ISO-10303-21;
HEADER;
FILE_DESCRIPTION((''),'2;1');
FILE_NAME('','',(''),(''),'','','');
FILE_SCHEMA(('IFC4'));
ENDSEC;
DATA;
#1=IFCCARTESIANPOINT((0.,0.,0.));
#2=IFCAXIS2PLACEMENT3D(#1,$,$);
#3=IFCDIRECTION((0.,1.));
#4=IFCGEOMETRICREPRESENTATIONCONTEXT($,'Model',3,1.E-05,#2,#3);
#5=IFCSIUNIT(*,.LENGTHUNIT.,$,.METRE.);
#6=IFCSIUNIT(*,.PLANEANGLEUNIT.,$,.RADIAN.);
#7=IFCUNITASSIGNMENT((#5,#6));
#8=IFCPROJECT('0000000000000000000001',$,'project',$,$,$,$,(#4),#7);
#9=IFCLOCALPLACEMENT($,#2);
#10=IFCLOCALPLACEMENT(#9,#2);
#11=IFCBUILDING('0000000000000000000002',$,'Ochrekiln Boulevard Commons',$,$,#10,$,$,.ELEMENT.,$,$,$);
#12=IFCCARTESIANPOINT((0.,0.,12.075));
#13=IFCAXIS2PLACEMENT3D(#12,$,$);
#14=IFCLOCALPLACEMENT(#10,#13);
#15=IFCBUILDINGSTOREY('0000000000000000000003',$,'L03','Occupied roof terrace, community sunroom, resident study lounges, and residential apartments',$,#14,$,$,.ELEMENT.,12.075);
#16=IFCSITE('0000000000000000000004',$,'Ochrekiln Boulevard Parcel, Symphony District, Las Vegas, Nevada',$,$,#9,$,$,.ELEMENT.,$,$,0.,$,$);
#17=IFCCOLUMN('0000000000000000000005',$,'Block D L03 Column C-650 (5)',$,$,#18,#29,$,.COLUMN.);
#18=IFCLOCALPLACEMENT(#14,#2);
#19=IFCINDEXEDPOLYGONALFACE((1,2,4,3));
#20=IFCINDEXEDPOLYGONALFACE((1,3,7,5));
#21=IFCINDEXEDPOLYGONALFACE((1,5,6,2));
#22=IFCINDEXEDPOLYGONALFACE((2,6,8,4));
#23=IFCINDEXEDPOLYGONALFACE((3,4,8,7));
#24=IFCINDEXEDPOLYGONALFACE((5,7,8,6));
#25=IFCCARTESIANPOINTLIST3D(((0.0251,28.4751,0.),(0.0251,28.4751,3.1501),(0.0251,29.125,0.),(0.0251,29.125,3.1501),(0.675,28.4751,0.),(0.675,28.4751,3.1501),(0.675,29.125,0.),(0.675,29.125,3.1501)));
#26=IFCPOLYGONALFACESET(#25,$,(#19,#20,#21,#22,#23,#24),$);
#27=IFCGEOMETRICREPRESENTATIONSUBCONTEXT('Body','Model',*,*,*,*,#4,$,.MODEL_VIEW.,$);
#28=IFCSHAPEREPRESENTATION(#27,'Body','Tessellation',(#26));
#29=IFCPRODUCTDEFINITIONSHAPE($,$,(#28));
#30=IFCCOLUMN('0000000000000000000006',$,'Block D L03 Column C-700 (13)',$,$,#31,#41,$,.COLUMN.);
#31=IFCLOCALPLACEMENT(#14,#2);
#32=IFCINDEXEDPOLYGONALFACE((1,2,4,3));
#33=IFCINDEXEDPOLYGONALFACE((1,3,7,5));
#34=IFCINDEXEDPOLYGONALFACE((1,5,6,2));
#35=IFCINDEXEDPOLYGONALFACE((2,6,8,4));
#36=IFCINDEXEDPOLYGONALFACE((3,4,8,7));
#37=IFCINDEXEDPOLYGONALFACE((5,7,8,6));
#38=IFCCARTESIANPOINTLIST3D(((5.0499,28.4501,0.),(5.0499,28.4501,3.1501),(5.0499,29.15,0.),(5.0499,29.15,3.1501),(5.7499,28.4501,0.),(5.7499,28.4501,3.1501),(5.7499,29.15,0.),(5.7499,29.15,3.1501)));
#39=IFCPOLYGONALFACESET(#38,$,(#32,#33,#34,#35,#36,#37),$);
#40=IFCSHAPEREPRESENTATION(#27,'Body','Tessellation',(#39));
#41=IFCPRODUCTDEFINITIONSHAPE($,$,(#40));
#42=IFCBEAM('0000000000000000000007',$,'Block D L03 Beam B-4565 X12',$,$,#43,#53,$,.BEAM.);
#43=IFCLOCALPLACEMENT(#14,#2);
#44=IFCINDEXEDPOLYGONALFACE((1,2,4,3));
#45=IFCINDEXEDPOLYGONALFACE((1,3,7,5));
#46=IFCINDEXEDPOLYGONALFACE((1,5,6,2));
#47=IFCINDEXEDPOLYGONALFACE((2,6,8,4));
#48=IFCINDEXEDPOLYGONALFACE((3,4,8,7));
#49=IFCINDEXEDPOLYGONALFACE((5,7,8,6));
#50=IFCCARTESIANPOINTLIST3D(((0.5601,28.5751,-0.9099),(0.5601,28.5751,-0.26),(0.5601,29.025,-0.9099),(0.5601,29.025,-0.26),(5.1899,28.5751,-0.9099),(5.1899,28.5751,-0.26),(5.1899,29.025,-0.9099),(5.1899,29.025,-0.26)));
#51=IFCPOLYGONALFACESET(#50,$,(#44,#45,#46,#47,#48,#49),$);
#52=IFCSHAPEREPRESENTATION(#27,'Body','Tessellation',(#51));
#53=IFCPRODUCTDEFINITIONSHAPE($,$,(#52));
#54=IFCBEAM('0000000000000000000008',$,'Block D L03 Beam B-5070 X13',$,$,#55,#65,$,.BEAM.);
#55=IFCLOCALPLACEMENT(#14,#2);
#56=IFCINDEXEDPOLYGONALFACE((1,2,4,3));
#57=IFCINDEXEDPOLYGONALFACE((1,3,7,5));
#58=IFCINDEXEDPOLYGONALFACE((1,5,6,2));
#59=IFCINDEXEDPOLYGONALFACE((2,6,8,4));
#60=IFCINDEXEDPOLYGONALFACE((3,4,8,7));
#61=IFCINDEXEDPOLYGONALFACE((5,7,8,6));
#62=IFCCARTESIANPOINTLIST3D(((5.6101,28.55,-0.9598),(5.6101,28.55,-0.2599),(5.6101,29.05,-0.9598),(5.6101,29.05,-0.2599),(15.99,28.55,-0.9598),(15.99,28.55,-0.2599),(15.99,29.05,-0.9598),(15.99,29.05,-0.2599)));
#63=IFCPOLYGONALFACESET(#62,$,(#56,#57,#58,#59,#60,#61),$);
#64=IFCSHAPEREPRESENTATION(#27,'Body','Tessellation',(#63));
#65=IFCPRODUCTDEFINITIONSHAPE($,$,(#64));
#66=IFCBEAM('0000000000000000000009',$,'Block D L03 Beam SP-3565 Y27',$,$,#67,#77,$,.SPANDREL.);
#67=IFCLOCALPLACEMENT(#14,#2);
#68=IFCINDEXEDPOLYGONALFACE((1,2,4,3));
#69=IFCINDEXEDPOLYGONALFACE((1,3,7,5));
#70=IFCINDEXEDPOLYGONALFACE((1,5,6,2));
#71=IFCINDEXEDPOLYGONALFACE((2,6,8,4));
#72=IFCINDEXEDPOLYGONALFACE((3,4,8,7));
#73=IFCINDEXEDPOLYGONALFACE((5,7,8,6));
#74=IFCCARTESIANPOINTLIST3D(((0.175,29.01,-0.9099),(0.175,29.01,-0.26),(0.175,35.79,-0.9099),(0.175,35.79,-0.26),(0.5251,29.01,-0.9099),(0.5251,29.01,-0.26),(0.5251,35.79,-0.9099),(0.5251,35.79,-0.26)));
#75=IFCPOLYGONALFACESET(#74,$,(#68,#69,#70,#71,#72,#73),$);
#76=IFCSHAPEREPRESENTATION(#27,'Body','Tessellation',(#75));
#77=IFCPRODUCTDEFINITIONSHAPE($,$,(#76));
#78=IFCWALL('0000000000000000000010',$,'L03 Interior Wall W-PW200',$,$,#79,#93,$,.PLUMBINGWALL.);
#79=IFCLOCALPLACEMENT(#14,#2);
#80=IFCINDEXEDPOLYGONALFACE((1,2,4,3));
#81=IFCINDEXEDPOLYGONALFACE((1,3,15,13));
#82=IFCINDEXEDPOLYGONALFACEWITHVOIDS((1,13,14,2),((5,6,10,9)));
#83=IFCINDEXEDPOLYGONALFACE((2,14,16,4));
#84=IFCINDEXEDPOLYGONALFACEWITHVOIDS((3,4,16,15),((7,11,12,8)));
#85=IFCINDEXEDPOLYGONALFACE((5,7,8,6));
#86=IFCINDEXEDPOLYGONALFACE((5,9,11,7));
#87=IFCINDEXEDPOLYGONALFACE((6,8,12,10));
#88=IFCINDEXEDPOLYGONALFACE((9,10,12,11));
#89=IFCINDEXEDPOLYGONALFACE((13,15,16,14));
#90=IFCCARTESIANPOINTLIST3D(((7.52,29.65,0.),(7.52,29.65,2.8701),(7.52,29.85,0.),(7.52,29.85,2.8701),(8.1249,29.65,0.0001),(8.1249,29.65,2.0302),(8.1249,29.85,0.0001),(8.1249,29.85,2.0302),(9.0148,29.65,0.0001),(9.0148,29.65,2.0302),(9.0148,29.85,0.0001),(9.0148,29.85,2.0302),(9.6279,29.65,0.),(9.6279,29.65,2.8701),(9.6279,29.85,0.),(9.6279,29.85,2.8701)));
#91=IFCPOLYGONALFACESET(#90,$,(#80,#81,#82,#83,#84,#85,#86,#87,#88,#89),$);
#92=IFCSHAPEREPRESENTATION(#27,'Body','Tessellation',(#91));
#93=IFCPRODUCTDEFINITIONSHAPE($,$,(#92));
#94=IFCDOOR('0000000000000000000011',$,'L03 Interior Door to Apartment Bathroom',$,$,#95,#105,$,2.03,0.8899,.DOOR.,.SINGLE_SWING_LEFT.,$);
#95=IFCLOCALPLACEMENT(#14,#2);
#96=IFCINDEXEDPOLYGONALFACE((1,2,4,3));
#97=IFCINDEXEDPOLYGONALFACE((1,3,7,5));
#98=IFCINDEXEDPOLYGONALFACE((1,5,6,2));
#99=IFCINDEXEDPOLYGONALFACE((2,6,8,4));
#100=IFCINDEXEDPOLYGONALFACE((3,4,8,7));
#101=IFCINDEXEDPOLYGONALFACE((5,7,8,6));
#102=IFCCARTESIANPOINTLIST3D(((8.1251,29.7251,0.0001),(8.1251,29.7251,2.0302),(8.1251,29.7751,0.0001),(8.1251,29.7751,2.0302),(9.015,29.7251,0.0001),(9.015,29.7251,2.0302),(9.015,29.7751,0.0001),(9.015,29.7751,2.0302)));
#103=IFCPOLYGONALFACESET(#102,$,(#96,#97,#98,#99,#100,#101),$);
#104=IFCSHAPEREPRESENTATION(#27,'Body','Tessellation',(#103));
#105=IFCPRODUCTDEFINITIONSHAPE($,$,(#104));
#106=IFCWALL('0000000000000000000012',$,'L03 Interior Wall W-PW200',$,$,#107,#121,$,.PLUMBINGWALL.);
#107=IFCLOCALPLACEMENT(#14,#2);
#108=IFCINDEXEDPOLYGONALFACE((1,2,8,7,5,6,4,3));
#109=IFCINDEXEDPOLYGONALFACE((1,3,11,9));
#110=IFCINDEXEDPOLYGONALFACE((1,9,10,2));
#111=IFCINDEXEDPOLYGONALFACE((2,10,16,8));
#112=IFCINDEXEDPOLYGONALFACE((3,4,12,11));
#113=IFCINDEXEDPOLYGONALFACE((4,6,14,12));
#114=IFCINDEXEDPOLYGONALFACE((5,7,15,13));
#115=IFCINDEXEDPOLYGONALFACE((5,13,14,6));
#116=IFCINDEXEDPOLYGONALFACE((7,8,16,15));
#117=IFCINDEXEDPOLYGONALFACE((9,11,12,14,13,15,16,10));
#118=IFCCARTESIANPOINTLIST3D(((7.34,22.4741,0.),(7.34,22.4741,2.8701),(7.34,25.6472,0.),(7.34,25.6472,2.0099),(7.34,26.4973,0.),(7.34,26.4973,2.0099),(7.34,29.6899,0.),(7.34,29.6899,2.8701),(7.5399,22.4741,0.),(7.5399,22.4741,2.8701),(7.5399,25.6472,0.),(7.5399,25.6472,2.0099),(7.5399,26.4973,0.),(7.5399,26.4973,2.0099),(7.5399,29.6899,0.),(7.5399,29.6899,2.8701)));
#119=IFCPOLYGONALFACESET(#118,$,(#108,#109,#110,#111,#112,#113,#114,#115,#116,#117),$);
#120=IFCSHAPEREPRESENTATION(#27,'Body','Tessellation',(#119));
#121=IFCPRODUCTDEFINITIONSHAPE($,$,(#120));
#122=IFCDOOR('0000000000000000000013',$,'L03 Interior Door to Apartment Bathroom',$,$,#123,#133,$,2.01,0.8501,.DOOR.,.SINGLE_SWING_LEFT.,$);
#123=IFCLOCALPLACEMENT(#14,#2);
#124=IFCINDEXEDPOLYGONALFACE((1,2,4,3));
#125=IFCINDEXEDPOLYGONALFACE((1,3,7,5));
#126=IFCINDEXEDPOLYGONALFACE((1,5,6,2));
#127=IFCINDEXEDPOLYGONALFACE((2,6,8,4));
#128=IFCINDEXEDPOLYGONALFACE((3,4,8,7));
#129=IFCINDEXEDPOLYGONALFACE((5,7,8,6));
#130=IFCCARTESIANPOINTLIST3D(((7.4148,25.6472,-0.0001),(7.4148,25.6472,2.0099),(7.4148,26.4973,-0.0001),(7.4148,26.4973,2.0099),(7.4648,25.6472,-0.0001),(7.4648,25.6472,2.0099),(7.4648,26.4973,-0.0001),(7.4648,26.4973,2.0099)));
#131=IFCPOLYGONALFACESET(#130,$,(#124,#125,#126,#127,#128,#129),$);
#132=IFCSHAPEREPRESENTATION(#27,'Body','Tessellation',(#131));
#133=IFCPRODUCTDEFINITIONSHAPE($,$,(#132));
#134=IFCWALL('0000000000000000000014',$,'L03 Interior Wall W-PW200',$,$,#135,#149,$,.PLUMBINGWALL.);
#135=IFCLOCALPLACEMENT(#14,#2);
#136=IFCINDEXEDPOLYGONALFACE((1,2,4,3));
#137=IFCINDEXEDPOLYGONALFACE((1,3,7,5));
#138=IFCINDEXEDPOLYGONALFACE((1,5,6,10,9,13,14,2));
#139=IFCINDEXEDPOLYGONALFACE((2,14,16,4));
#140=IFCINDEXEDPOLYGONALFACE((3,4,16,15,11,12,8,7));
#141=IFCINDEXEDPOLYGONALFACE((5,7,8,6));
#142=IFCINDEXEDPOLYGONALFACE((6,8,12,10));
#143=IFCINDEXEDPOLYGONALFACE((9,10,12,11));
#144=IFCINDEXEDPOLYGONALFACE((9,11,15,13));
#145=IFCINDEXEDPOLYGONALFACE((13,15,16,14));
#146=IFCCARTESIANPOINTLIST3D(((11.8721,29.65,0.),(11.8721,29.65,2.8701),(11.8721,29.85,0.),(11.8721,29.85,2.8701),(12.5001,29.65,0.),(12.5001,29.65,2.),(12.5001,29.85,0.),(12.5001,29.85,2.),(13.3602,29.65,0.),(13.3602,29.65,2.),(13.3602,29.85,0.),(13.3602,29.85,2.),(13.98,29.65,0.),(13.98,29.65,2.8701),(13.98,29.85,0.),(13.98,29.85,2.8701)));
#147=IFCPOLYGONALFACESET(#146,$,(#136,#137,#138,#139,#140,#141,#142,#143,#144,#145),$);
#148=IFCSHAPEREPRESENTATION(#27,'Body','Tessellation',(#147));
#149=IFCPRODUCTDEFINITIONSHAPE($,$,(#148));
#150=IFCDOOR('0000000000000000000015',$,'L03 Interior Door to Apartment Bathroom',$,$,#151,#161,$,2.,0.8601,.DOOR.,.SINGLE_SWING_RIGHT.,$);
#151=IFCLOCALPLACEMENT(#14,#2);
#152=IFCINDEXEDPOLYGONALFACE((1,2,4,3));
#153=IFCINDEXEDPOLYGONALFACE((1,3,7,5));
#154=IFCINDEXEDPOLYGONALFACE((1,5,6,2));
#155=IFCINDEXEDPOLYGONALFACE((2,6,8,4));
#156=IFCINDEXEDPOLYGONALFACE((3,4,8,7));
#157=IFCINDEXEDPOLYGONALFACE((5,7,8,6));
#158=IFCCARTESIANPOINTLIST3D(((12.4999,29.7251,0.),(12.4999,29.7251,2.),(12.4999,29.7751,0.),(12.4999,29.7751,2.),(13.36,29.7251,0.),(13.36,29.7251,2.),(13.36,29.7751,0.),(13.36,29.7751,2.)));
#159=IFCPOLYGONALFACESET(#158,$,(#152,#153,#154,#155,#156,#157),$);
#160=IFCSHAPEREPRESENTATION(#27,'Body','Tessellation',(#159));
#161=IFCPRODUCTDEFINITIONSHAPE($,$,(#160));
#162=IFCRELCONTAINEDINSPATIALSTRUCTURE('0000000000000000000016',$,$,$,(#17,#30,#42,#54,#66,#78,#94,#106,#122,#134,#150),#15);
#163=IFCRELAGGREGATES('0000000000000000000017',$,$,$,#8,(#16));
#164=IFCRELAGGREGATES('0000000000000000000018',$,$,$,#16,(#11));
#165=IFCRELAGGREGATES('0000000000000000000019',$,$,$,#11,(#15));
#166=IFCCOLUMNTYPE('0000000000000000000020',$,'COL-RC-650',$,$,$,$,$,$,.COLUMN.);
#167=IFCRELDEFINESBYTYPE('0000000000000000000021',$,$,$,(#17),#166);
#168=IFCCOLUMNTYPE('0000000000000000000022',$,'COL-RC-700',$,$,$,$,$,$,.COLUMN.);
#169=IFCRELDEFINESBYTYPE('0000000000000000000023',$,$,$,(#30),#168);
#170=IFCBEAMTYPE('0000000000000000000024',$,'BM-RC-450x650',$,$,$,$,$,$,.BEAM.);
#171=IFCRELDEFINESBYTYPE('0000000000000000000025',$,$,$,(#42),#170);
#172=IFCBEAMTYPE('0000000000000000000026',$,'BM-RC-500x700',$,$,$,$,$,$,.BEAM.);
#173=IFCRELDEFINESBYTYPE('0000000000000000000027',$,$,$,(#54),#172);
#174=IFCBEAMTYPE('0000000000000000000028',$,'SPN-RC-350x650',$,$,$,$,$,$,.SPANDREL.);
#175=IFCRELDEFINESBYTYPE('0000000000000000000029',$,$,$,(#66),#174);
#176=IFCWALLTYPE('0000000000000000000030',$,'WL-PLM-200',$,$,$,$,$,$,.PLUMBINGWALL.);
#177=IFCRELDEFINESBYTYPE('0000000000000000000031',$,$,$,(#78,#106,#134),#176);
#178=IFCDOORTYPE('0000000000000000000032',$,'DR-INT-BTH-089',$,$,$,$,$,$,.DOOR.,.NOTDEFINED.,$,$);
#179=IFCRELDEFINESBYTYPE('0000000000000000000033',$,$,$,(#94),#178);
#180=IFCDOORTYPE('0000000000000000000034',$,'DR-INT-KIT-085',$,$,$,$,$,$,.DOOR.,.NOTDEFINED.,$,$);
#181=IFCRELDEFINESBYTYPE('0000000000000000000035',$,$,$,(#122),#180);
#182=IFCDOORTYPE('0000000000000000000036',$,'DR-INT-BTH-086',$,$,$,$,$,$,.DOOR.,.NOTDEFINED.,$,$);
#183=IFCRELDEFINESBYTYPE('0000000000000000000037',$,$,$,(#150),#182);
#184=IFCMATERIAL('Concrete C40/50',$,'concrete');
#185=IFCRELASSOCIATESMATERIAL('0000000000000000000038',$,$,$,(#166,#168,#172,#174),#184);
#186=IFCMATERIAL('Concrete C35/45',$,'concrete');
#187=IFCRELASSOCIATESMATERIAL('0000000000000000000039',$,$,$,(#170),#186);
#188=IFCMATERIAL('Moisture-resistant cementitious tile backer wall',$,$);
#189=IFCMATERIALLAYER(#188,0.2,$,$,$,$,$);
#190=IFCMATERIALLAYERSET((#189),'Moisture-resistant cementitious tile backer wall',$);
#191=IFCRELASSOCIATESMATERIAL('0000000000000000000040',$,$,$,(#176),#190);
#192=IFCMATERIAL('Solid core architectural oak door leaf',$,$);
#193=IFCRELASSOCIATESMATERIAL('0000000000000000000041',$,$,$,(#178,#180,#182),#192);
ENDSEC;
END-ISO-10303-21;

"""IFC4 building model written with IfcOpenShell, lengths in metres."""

from ifc_helpers import new_model, si_unit, direction, frame, frame_2d, origin, origin_2d, place, context, subcontext, project, spatial, rectangle, extrude, material, layer, layer_set, material_profile, profile_set, type_object, element, fill, save


model = new_model("IFC4")

# Units and contexts
model_context = context("Model", 3, precision=1e-05, world=origin(), true_north=direction((0.0, 1.0)))
body_context = subcontext(model_context, "Body", "Model", "MODEL_VIEW")
ifc_project = project(units=[si_unit("LENGTHUNIT", "METRE"), si_unit("PLANEANGLEUNIT", "RADIAN")], contexts=[model_context])

# Site, building, storey
site_placement = place(None, origin())
site = spatial("IfcSite", under=ifc_project, at=site_placement, Name="Ochrekiln Boulevard Parcel, Symphony District, Las Vegas, Nevada", CompositionType="ELEMENT", RefElevation=0.0)
building_placement = place(site_placement, origin())
building = spatial("IfcBuilding", under=site, at=building_placement, Name="Ochrekiln Boulevard Commons", CompositionType="ELEMENT")
storey_placement = place(building_placement, frame((0.0, 0.0, 12.075)))
storey = spatial("IfcBuildingStorey", under=building, at=storey_placement, Name="L03", Description="Occupied roof terrace, community sunroom, resident study lounges, and residential apartments", CompositionType="ELEMENT", Elevation=12.075)

# Columns
ifc_material_1 = material(Name="Concrete C40/50", Category="concrete")
ifc_material_profile_1 = material_profile(ifc_material_1, rectangle(XDim=0.6499, YDim=0.6499, at=origin_2d()), Name="RC-COL-650x650")
ifc_profile_set_1 = profile_set([ifc_material_profile_1], Name="Concrete C40/50")
column_type_1 = type_object("IfcColumnType", Name="COL-RC-650", PredefinedType="COLUMN", material=ifc_profile_set_1)
column_1_placement = place(storey_placement, frame((0.3501, 28.8, 0.0), z_axis=(0.0, 0.0, 1.0), x_axis=(1.0, 0.0, 0.0)))
element("IfcColumn", 1, at=column_1_placement, inside=storey, type_object=column_type_1, Name="Block D L03 Column C-650 (5)", PredefinedType="COLUMN", context=body_context, shape_type="SweptSolid", body=[
    extrude(rectangle(XDim=0.6499, YDim=0.6499, at=origin_2d()), origin(), (0.0, 0.0, 1.0), 3.1501),
])
ifc_material_profile_2 = material_profile(ifc_material_1, rectangle(XDim=0.7, YDim=0.7, at=origin_2d()), Name="RC-COL-700x700")
ifc_profile_set_2 = profile_set([ifc_material_profile_2], Name="Concrete C40/50")
column_type_2 = type_object("IfcColumnType", Name="COL-RC-700", PredefinedType="COLUMN", material=ifc_profile_set_2)
column_2_placement = place(storey_placement, frame((5.3999, 28.8, 0.0), z_axis=(0.0, 0.0, 1.0), x_axis=(1.0, 0.0, 0.0)))
element("IfcColumn", 2, at=column_2_placement, inside=storey, type_object=column_type_2, Name="Block D L03 Column C-700 (13)", PredefinedType="COLUMN", context=body_context, shape_type="SweptSolid", body=[
    extrude(rectangle(XDim=0.7, YDim=0.7, at=origin_2d()), origin(), (0.0, 0.0, 1.0), 3.1501),
])

# Beams
ifc_material_2 = material(Name="Concrete C35/45", Category="concrete")
ifc_material_profile_3 = material_profile(ifc_material_2, rectangle(XDim=0.45, YDim=0.6499, at=origin_2d()), Name="RC-BM-450x650")
ifc_profile_set_3 = profile_set([ifc_material_profile_3], Name="Concrete C35/45")
beam_type_1 = type_object("IfcBeamType", Name="BM-RC-450x650", PredefinedType="BEAM", material=ifc_profile_set_3)
beam_1_placement = place(storey_placement, frame((0.5601, 28.8, -0.585), z_axis=(1.0, 0.0, 0.0), x_axis=(0.0, 1.0, 0.0)))
element("IfcBeam", 3, at=beam_1_placement, inside=storey, type_object=beam_type_1, Name="Block D L03 Beam B-4565 X12", PredefinedType="BEAM", context=body_context, shape_type="SweptSolid", body=[
    extrude(rectangle(XDim=0.45, YDim=0.6499, at=origin_2d()), origin(), (0.0, 0.0, 1.0), 4.6299),
])
ifc_material_profile_4 = material_profile(ifc_material_1, rectangle(XDim=0.5, YDim=0.7, at=origin_2d()), Name="RC-BM-500x700")
ifc_profile_set_4 = profile_set([ifc_material_profile_4], Name="Concrete C40/50")
beam_type_2 = type_object("IfcBeamType", Name="BM-RC-500x700", PredefinedType="BEAM", material=ifc_profile_set_4)
beam_2_placement = place(storey_placement, frame((5.6101, 28.8, -0.6099), z_axis=(1.0, 0.0, 0.0), x_axis=(0.0, 1.0, 0.0)))
element("IfcBeam", 4, at=beam_2_placement, inside=storey, type_object=beam_type_2, Name="Block D L03 Beam B-5070 X13", PredefinedType="BEAM", context=body_context, shape_type="SweptSolid", body=[
    extrude(rectangle(XDim=0.5, YDim=0.7, at=origin_2d()), origin(), (0.0, 0.0, 1.0), 10.3799),
])
ifc_material_profile_5 = material_profile(ifc_material_1, rectangle(XDim=0.3501, YDim=0.6499, at=origin_2d()), Name="RC-SPN-350x650")
ifc_profile_set_5 = profile_set([ifc_material_profile_5], Name="Concrete C40/50")
beam_type_3 = type_object("IfcBeamType", Name="SPN-RC-350x650", PredefinedType="SPANDREL", material=ifc_profile_set_5)
beam_3_placement = place(storey_placement, frame((0.3501, 29.01, -0.585), z_axis=(0.0, 1.0, 0.0), x_axis=(-1.0, 0.0, 0.0)))
element("IfcBeam", 5, at=beam_3_placement, inside=storey, type_object=beam_type_3, Name="Block D L03 Beam SP-3565 Y27", PredefinedType="SPANDREL", context=body_context, shape_type="SweptSolid", body=[
    extrude(rectangle(XDim=0.3501, YDim=0.6499, at=origin_2d()), origin(), (0.0, 0.0, 1.0), 6.78),
])

# Walls, openings, doors
ifc_material_3 = material(Name="Moisture-resistant cementitious tile backer wall")
ifc_layer_1 = layer(ifc_material_3, 0.2)
ifc_layer_set_1 = layer_set([ifc_layer_1], Name="Moisture-resistant cementitious tile backer wall")
wall_type_1 = type_object("IfcWallType", Name="WL-PLM-200", PredefinedType="PLUMBINGWALL", material=ifc_layer_set_1)
wall_1_placement = place(storey_placement, frame((7.52, 29.75, 0.0), z_axis=(0.0, 0.0, 1.0), x_axis=(1.0, 0.0, 0.0)))
wall_1 = element("IfcWall", 6, at=wall_1_placement, inside=storey, type_object=wall_type_1, Name="L03 Interior Wall W-PW200", PredefinedType="PLUMBINGWALL", context=body_context, shape_type="SweptSolid", body=[
    extrude(rectangle(XDim=2.1079, YDim=0.2, at=frame_2d((1.054, 0.0))), origin(), (0.0, 0.0, 1.0), 2.8701),
])
opening_1_placement = place(wall_1_placement, frame((0.605, 0.0, 0.0)))
opening_1 = element("IfcOpeningElement", 7, at=opening_1_placement, cuts=wall_1, PredefinedType="OPENING", context=body_context, shape_type="SweptSolid", body=[
    extrude(rectangle(XDim=0.8899, YDim=2.03, at=frame_2d((0.4448, 1.0151))), frame((0.0, 0.1099, 0.0), z_axis=(0.0, -1.0, 0.0), x_axis=(1.0, 0.0, 0.0)), (0.0, 0.0, 1.0), 0.22),
])
ifc_material_4 = material(Name="Solid core architectural oak door leaf")
door_type_1 = type_object("IfcDoorType", Name="DR-INT-BTH-089", OperationType="NOTDEFINED", PredefinedType="DOOR", material=ifc_material_4)
door_1_placement = place(opening_1_placement, frame((0.8899, 0.0, 0.0), z_axis=(0.0, 0.0, 1.0), x_axis=(-1.0, 0.0, 0.0)))
door_1 = element("IfcDoor", 8, at=door_1_placement, inside=storey, type_object=door_type_1, Name="L03 Interior Door to Apartment Bathroom", OperationType="SINGLE_SWING_LEFT", OverallHeight=2.03, OverallWidth=0.8899, PredefinedType="DOOR", context=body_context, shape_type="SweptSolid", body=[
    extrude(rectangle(XDim=0.8899, YDim=2.03, at=frame_2d((0.4448, 1.0151))), frame((0.0, 0.0249, 0.0), z_axis=(0.0, -1.0, 0.0), x_axis=(1.0, 0.0, 0.0)), (0.0, 0.0, 1.0), 0.05),
])
fill(opening_1, door_1)
wall_2_placement = place(storey_placement, frame((7.4399, 22.4741, 0.0), z_axis=(0.0, 0.0, 1.0), x_axis=(0.0, 1.0, 0.0)))
wall_2 = element("IfcWall", 9, at=wall_2_placement, inside=storey, type_object=wall_type_1, Name="L03 Interior Wall W-PW200", PredefinedType="PLUMBINGWALL", context=body_context, shape_type="SweptSolid", body=[
    extrude(rectangle(XDim=7.2158, YDim=0.2, at=frame_2d((3.6079, 0.0))), origin(), (0.0, 0.0, 1.0), 2.8701),
])
opening_2_placement = place(wall_2_placement, frame((3.1731, 0.0, 0.0)))
opening_2 = element("IfcOpeningElement", 10, at=opening_2_placement, cuts=wall_2, PredefinedType="OPENING", context=body_context, shape_type="SweptSolid", body=[
    extrude(rectangle(XDim=0.8501, YDim=2.01, at=frame_2d((0.425, 1.0049))), frame((0.0, 0.1099, 0.0), z_axis=(0.0, -1.0, 0.0), x_axis=(1.0, 0.0, 0.0)), (0.0, 0.0, 1.0), 0.22),
])
door_type_2 = type_object("IfcDoorType", Name="DR-INT-KIT-085", OperationType="NOTDEFINED", PredefinedType="DOOR", material=ifc_material_4)
door_2_placement = place(opening_2_placement, frame((0.8501, 0.0, 0.0), z_axis=(0.0, 0.0, 1.0), x_axis=(-1.0, 0.0, 0.0)))
door_2 = element("IfcDoor", 11, at=door_2_placement, inside=storey, type_object=door_type_2, Name="L03 Interior Door to Apartment Bathroom", OperationType="SINGLE_SWING_LEFT", OverallHeight=2.01, OverallWidth=0.8501, PredefinedType="DOOR", context=body_context, shape_type="SweptSolid", body=[
    extrude(rectangle(XDim=0.8501, YDim=2.01, at=frame_2d((0.425, 1.0049))), frame((0.0, 0.0249, 0.0), z_axis=(0.0, -1.0, 0.0), x_axis=(1.0, 0.0, 0.0)), (0.0, 0.0, 1.0), 0.05),
])
fill(opening_2, door_2)
wall_3_placement = place(storey_placement, frame((11.8721, 29.75, 0.0), z_axis=(0.0, 0.0, 1.0), x_axis=(1.0, 0.0, 0.0)))
wall_3 = element("IfcWall", 12, at=wall_3_placement, inside=storey, type_object=wall_type_1, Name="L03 Interior Wall W-PW200", PredefinedType="PLUMBINGWALL", context=body_context, shape_type="SweptSolid", body=[
    extrude(rectangle(XDim=2.1079, YDim=0.2, at=frame_2d((1.054, 0.0))), origin(), (0.0, 0.0, 1.0), 2.8701),
])
opening_3_placement = place(wall_3_placement, frame((0.6279, 0.0, 0.0)))
opening_3 = element("IfcOpeningElement", 13, at=opening_3_placement, cuts=wall_3, PredefinedType="OPENING", context=body_context, shape_type="SweptSolid", body=[
    extrude(rectangle(XDim=0.8601, YDim=2.0, at=frame_2d((0.4302, 1.0))), frame((0.0, 0.1099, 0.0), z_axis=(0.0, -1.0, 0.0), x_axis=(1.0, 0.0, 0.0)), (0.0, 0.0, 1.0), 0.22),
])
door_type_3 = type_object("IfcDoorType", Name="DR-INT-BTH-086", OperationType="NOTDEFINED", PredefinedType="DOOR", material=ifc_material_4)
door_3_placement = place(opening_3_placement, frame((0.8601, 0.0, 0.0), z_axis=(0.0, 0.0, 1.0), x_axis=(-1.0, 0.0, 0.0)))
door_3 = element("IfcDoor", 14, at=door_3_placement, inside=storey, type_object=door_type_3, Name="L03 Interior Door to Apartment Bathroom", OperationType="SINGLE_SWING_RIGHT", OverallHeight=2.0, OverallWidth=0.8601, PredefinedType="DOOR", context=body_context, shape_type="SweptSolid", body=[
    extrude(rectangle(XDim=0.8601, YDim=2.0, at=frame_2d((0.4302, 1.0))), frame((0.0, 0.0249, 0.0), z_axis=(0.0, -1.0, 0.0), x_axis=(1.0, 0.0, 0.0)), (0.0, 0.0, 1.0), 0.05),
])
fill(opening_3, door_3)

save(model, "model.ifc")
